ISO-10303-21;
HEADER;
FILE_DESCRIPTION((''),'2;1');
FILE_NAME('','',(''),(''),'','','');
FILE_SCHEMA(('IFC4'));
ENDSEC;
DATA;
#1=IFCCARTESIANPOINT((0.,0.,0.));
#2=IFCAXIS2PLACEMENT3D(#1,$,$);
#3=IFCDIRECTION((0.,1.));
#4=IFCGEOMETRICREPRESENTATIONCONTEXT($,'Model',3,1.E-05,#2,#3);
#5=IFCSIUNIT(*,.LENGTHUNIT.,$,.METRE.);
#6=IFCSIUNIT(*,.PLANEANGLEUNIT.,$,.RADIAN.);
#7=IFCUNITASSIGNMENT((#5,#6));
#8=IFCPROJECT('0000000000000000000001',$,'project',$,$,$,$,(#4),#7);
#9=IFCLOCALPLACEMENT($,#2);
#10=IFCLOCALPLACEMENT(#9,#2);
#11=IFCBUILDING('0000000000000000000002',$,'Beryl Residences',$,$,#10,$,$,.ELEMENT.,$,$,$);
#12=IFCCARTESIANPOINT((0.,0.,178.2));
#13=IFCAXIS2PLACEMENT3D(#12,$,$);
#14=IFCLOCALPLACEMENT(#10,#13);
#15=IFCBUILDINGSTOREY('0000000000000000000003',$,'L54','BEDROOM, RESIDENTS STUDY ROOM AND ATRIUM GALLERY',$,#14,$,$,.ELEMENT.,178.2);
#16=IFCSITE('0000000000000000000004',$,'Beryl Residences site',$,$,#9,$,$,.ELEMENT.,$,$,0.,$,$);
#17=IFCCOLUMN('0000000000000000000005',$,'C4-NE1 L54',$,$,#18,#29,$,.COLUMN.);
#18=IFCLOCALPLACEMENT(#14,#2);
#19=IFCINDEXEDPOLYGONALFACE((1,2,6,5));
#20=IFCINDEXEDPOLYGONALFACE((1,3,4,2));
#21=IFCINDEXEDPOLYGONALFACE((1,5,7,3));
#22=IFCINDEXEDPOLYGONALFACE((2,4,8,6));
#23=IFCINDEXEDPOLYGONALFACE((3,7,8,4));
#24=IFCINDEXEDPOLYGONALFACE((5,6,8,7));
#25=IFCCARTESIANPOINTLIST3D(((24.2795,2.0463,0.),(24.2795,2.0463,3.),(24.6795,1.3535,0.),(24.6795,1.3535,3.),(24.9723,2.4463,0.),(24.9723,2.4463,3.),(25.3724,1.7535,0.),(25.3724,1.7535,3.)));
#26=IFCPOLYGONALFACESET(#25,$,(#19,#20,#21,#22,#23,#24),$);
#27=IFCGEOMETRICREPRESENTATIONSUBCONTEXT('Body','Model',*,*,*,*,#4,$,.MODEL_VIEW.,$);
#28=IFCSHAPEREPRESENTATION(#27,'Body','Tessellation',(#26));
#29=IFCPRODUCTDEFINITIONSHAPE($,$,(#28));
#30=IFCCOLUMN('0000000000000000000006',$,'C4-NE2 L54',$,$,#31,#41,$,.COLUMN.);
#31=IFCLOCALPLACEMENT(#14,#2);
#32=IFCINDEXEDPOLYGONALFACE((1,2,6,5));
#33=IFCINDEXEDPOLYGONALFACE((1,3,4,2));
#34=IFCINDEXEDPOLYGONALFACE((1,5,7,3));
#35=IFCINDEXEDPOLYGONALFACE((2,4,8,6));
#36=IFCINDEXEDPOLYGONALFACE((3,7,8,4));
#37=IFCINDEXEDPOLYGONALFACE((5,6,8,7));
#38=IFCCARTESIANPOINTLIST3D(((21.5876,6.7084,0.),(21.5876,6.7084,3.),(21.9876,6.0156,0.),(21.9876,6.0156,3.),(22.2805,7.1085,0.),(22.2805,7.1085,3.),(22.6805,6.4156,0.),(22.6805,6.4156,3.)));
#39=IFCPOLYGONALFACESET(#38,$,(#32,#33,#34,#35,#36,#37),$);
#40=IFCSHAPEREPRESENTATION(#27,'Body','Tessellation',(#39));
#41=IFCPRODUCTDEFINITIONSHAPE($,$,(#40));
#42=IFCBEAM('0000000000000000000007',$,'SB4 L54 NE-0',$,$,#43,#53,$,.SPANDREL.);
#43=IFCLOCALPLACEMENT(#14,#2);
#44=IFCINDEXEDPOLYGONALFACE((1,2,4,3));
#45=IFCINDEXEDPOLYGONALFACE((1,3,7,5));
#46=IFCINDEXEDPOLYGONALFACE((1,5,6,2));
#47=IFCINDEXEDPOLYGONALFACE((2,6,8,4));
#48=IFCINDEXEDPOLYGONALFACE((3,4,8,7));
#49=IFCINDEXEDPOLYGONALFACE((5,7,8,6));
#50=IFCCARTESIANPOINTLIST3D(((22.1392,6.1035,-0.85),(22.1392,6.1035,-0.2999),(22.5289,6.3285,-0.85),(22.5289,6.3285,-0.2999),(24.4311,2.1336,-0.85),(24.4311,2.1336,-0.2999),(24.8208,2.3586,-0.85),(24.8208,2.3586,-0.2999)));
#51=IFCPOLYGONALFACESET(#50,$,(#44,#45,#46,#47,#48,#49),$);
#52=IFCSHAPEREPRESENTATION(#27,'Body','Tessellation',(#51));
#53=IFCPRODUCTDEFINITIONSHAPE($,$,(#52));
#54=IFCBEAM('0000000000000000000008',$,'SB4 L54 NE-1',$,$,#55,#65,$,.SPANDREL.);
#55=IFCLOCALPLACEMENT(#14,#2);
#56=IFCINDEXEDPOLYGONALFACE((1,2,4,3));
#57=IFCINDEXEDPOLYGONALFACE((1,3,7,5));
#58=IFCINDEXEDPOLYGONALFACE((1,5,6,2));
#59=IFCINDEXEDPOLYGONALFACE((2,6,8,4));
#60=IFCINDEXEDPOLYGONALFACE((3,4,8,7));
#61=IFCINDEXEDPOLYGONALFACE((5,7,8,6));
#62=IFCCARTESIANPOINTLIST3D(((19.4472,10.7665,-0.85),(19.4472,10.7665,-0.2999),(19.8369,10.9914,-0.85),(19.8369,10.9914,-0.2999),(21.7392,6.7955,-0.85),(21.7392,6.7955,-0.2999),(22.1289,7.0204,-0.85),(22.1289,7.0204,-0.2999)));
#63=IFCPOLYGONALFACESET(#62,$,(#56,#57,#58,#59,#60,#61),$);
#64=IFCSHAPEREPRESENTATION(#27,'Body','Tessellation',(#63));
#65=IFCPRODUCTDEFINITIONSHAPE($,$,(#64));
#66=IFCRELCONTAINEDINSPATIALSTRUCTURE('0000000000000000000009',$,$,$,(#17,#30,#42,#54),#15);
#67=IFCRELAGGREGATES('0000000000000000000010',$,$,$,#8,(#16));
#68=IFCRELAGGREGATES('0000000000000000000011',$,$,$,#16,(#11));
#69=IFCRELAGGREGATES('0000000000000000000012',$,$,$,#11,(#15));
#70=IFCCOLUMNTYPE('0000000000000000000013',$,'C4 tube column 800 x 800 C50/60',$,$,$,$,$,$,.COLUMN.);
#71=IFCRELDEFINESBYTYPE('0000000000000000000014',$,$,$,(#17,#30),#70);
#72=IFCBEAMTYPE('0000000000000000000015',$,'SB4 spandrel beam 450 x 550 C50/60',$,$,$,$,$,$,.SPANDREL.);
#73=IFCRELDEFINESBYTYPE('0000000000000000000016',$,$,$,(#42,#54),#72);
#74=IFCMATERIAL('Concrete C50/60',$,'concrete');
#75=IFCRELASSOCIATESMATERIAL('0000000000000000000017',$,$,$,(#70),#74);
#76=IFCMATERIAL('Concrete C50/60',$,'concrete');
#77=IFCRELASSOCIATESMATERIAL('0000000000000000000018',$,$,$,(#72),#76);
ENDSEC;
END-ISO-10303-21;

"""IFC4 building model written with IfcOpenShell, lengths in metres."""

from ifc_helpers import new_model, si_unit, direction, frame, origin, origin_2d, place, context, subcontext, project, spatial, rectangle, extrude, material, material_profile, profile_set, type_object, element, save


model = new_model("IFC4")

# Units and contexts
model_context = context("Model", 3, precision=1e-05, world=origin(), true_north=direction((0.0, 1.0)))
body_context = subcontext(model_context, "Body", "Model", "MODEL_VIEW")
ifc_project = project(units=[si_unit("LENGTHUNIT", "METRE"), si_unit("PLANEANGLEUNIT", "RADIAN")], contexts=[model_context])

# Site, building, storey
site_placement = place(None, origin())
site = spatial("IfcSite", under=ifc_project, at=site_placement, Name="Beryl Residences site", CompositionType="ELEMENT", RefElevation=0.0)
building_placement = place(site_placement, origin())
building = spatial("IfcBuilding", under=site, at=building_placement, Name="Beryl Residences", CompositionType="ELEMENT")
storey_placement = place(building_placement, frame((0.0, 0.0, 178.2)))
storey = spatial("IfcBuildingStorey", under=building, at=storey_placement, Name="L54", Description="BEDROOM, RESIDENTS STUDY ROOM AND ATRIUM GALLERY", CompositionType="ELEMENT", Elevation=178.2)

# Columns
ifc_material_1 = material(Name="Concrete C50/60", Category="concrete")
ifc_material_profile_1 = material_profile(ifc_material_1, rectangle(XDim=0.8, YDim=0.8, at=origin_2d()))
ifc_profile_set_1 = profile_set([ifc_material_profile_1], Name="Concrete C50/60")
column_type = type_object("IfcColumnType", Name="C4 tube column 800 x 800 C50/60", PredefinedType="COLUMN", material=ifc_profile_set_1)
for number, where, z_axis, x_axis, name in (
    (1, (24.8259, 1.8999, 0.0), (0.0, 0.0, 1.0), (-0.5, 0.866025, 0.0), "C4-NE1 L54"),
    (2, (22.134, 6.562, 0.0), (0.0, 0.0, 1.0), (-0.5, 0.866025, 0.0), "C4-NE2 L54"),
):
    element("IfcColumn", number, at=place(storey_placement, frame(where, z_axis=z_axis, x_axis=x_axis)), inside=storey, type_object=column_type, Name=name, PredefinedType="COLUMN", context=body_context, shape_type="SweptSolid", body=[
        extrude(rectangle(XDim=0.8, YDim=0.8, at=origin_2d()), origin(), (0.0, 0.0, 1.0), 3.0),
    ])

# Beams
ifc_material_2 = material(Name="Concrete C50/60", Category="concrete")
ifc_material_profile_2 = material_profile(ifc_material_2, rectangle(XDim=0.45, YDim=0.55, at=origin_2d()))
ifc_profile_set_2 = profile_set([ifc_material_profile_2], Name="Concrete C50/60")
beam_type = type_object("IfcBeamType", Name="SB4 spandrel beam 450 x 550 C50/60", PredefinedType="SPANDREL", material=ifc_profile_set_2)
beam_1_placement = place(storey_placement, frame((24.626, 2.2461, -0.575), z_axis=(-0.499988, 0.866032, 0.0), x_axis=(-0.866032, -0.499988, 0.0)))
element("IfcBeam", 3, at=beam_1_placement, inside=storey, type_object=beam_type, Name="SB4 L54 NE-0", PredefinedType="SPANDREL", context=body_context, shape_type="SweptSolid", body=[
    extrude(rectangle(XDim=0.45, YDim=0.55, at=origin_2d()), origin(), (0.0, 0.0, 1.0), 4.584),
])
beam_2_placement = place(storey_placement, frame((21.9341, 6.908, -0.575), z_axis=(-0.499896, 0.866085, 0.0), x_axis=(-0.866085, -0.499896, 0.0)))
element("IfcBeam", 4, at=beam_2_placement, inside=storey, type_object=beam_type, Name="SB4 L54 NE-1", PredefinedType="SPANDREL", context=body_context, shape_type="SweptSolid", body=[
    extrude(rectangle(XDim=0.45, YDim=0.55, at=origin_2d()), origin(), (0.0, 0.0, 1.0), 4.585),
])

save(model, "model.ifc")
